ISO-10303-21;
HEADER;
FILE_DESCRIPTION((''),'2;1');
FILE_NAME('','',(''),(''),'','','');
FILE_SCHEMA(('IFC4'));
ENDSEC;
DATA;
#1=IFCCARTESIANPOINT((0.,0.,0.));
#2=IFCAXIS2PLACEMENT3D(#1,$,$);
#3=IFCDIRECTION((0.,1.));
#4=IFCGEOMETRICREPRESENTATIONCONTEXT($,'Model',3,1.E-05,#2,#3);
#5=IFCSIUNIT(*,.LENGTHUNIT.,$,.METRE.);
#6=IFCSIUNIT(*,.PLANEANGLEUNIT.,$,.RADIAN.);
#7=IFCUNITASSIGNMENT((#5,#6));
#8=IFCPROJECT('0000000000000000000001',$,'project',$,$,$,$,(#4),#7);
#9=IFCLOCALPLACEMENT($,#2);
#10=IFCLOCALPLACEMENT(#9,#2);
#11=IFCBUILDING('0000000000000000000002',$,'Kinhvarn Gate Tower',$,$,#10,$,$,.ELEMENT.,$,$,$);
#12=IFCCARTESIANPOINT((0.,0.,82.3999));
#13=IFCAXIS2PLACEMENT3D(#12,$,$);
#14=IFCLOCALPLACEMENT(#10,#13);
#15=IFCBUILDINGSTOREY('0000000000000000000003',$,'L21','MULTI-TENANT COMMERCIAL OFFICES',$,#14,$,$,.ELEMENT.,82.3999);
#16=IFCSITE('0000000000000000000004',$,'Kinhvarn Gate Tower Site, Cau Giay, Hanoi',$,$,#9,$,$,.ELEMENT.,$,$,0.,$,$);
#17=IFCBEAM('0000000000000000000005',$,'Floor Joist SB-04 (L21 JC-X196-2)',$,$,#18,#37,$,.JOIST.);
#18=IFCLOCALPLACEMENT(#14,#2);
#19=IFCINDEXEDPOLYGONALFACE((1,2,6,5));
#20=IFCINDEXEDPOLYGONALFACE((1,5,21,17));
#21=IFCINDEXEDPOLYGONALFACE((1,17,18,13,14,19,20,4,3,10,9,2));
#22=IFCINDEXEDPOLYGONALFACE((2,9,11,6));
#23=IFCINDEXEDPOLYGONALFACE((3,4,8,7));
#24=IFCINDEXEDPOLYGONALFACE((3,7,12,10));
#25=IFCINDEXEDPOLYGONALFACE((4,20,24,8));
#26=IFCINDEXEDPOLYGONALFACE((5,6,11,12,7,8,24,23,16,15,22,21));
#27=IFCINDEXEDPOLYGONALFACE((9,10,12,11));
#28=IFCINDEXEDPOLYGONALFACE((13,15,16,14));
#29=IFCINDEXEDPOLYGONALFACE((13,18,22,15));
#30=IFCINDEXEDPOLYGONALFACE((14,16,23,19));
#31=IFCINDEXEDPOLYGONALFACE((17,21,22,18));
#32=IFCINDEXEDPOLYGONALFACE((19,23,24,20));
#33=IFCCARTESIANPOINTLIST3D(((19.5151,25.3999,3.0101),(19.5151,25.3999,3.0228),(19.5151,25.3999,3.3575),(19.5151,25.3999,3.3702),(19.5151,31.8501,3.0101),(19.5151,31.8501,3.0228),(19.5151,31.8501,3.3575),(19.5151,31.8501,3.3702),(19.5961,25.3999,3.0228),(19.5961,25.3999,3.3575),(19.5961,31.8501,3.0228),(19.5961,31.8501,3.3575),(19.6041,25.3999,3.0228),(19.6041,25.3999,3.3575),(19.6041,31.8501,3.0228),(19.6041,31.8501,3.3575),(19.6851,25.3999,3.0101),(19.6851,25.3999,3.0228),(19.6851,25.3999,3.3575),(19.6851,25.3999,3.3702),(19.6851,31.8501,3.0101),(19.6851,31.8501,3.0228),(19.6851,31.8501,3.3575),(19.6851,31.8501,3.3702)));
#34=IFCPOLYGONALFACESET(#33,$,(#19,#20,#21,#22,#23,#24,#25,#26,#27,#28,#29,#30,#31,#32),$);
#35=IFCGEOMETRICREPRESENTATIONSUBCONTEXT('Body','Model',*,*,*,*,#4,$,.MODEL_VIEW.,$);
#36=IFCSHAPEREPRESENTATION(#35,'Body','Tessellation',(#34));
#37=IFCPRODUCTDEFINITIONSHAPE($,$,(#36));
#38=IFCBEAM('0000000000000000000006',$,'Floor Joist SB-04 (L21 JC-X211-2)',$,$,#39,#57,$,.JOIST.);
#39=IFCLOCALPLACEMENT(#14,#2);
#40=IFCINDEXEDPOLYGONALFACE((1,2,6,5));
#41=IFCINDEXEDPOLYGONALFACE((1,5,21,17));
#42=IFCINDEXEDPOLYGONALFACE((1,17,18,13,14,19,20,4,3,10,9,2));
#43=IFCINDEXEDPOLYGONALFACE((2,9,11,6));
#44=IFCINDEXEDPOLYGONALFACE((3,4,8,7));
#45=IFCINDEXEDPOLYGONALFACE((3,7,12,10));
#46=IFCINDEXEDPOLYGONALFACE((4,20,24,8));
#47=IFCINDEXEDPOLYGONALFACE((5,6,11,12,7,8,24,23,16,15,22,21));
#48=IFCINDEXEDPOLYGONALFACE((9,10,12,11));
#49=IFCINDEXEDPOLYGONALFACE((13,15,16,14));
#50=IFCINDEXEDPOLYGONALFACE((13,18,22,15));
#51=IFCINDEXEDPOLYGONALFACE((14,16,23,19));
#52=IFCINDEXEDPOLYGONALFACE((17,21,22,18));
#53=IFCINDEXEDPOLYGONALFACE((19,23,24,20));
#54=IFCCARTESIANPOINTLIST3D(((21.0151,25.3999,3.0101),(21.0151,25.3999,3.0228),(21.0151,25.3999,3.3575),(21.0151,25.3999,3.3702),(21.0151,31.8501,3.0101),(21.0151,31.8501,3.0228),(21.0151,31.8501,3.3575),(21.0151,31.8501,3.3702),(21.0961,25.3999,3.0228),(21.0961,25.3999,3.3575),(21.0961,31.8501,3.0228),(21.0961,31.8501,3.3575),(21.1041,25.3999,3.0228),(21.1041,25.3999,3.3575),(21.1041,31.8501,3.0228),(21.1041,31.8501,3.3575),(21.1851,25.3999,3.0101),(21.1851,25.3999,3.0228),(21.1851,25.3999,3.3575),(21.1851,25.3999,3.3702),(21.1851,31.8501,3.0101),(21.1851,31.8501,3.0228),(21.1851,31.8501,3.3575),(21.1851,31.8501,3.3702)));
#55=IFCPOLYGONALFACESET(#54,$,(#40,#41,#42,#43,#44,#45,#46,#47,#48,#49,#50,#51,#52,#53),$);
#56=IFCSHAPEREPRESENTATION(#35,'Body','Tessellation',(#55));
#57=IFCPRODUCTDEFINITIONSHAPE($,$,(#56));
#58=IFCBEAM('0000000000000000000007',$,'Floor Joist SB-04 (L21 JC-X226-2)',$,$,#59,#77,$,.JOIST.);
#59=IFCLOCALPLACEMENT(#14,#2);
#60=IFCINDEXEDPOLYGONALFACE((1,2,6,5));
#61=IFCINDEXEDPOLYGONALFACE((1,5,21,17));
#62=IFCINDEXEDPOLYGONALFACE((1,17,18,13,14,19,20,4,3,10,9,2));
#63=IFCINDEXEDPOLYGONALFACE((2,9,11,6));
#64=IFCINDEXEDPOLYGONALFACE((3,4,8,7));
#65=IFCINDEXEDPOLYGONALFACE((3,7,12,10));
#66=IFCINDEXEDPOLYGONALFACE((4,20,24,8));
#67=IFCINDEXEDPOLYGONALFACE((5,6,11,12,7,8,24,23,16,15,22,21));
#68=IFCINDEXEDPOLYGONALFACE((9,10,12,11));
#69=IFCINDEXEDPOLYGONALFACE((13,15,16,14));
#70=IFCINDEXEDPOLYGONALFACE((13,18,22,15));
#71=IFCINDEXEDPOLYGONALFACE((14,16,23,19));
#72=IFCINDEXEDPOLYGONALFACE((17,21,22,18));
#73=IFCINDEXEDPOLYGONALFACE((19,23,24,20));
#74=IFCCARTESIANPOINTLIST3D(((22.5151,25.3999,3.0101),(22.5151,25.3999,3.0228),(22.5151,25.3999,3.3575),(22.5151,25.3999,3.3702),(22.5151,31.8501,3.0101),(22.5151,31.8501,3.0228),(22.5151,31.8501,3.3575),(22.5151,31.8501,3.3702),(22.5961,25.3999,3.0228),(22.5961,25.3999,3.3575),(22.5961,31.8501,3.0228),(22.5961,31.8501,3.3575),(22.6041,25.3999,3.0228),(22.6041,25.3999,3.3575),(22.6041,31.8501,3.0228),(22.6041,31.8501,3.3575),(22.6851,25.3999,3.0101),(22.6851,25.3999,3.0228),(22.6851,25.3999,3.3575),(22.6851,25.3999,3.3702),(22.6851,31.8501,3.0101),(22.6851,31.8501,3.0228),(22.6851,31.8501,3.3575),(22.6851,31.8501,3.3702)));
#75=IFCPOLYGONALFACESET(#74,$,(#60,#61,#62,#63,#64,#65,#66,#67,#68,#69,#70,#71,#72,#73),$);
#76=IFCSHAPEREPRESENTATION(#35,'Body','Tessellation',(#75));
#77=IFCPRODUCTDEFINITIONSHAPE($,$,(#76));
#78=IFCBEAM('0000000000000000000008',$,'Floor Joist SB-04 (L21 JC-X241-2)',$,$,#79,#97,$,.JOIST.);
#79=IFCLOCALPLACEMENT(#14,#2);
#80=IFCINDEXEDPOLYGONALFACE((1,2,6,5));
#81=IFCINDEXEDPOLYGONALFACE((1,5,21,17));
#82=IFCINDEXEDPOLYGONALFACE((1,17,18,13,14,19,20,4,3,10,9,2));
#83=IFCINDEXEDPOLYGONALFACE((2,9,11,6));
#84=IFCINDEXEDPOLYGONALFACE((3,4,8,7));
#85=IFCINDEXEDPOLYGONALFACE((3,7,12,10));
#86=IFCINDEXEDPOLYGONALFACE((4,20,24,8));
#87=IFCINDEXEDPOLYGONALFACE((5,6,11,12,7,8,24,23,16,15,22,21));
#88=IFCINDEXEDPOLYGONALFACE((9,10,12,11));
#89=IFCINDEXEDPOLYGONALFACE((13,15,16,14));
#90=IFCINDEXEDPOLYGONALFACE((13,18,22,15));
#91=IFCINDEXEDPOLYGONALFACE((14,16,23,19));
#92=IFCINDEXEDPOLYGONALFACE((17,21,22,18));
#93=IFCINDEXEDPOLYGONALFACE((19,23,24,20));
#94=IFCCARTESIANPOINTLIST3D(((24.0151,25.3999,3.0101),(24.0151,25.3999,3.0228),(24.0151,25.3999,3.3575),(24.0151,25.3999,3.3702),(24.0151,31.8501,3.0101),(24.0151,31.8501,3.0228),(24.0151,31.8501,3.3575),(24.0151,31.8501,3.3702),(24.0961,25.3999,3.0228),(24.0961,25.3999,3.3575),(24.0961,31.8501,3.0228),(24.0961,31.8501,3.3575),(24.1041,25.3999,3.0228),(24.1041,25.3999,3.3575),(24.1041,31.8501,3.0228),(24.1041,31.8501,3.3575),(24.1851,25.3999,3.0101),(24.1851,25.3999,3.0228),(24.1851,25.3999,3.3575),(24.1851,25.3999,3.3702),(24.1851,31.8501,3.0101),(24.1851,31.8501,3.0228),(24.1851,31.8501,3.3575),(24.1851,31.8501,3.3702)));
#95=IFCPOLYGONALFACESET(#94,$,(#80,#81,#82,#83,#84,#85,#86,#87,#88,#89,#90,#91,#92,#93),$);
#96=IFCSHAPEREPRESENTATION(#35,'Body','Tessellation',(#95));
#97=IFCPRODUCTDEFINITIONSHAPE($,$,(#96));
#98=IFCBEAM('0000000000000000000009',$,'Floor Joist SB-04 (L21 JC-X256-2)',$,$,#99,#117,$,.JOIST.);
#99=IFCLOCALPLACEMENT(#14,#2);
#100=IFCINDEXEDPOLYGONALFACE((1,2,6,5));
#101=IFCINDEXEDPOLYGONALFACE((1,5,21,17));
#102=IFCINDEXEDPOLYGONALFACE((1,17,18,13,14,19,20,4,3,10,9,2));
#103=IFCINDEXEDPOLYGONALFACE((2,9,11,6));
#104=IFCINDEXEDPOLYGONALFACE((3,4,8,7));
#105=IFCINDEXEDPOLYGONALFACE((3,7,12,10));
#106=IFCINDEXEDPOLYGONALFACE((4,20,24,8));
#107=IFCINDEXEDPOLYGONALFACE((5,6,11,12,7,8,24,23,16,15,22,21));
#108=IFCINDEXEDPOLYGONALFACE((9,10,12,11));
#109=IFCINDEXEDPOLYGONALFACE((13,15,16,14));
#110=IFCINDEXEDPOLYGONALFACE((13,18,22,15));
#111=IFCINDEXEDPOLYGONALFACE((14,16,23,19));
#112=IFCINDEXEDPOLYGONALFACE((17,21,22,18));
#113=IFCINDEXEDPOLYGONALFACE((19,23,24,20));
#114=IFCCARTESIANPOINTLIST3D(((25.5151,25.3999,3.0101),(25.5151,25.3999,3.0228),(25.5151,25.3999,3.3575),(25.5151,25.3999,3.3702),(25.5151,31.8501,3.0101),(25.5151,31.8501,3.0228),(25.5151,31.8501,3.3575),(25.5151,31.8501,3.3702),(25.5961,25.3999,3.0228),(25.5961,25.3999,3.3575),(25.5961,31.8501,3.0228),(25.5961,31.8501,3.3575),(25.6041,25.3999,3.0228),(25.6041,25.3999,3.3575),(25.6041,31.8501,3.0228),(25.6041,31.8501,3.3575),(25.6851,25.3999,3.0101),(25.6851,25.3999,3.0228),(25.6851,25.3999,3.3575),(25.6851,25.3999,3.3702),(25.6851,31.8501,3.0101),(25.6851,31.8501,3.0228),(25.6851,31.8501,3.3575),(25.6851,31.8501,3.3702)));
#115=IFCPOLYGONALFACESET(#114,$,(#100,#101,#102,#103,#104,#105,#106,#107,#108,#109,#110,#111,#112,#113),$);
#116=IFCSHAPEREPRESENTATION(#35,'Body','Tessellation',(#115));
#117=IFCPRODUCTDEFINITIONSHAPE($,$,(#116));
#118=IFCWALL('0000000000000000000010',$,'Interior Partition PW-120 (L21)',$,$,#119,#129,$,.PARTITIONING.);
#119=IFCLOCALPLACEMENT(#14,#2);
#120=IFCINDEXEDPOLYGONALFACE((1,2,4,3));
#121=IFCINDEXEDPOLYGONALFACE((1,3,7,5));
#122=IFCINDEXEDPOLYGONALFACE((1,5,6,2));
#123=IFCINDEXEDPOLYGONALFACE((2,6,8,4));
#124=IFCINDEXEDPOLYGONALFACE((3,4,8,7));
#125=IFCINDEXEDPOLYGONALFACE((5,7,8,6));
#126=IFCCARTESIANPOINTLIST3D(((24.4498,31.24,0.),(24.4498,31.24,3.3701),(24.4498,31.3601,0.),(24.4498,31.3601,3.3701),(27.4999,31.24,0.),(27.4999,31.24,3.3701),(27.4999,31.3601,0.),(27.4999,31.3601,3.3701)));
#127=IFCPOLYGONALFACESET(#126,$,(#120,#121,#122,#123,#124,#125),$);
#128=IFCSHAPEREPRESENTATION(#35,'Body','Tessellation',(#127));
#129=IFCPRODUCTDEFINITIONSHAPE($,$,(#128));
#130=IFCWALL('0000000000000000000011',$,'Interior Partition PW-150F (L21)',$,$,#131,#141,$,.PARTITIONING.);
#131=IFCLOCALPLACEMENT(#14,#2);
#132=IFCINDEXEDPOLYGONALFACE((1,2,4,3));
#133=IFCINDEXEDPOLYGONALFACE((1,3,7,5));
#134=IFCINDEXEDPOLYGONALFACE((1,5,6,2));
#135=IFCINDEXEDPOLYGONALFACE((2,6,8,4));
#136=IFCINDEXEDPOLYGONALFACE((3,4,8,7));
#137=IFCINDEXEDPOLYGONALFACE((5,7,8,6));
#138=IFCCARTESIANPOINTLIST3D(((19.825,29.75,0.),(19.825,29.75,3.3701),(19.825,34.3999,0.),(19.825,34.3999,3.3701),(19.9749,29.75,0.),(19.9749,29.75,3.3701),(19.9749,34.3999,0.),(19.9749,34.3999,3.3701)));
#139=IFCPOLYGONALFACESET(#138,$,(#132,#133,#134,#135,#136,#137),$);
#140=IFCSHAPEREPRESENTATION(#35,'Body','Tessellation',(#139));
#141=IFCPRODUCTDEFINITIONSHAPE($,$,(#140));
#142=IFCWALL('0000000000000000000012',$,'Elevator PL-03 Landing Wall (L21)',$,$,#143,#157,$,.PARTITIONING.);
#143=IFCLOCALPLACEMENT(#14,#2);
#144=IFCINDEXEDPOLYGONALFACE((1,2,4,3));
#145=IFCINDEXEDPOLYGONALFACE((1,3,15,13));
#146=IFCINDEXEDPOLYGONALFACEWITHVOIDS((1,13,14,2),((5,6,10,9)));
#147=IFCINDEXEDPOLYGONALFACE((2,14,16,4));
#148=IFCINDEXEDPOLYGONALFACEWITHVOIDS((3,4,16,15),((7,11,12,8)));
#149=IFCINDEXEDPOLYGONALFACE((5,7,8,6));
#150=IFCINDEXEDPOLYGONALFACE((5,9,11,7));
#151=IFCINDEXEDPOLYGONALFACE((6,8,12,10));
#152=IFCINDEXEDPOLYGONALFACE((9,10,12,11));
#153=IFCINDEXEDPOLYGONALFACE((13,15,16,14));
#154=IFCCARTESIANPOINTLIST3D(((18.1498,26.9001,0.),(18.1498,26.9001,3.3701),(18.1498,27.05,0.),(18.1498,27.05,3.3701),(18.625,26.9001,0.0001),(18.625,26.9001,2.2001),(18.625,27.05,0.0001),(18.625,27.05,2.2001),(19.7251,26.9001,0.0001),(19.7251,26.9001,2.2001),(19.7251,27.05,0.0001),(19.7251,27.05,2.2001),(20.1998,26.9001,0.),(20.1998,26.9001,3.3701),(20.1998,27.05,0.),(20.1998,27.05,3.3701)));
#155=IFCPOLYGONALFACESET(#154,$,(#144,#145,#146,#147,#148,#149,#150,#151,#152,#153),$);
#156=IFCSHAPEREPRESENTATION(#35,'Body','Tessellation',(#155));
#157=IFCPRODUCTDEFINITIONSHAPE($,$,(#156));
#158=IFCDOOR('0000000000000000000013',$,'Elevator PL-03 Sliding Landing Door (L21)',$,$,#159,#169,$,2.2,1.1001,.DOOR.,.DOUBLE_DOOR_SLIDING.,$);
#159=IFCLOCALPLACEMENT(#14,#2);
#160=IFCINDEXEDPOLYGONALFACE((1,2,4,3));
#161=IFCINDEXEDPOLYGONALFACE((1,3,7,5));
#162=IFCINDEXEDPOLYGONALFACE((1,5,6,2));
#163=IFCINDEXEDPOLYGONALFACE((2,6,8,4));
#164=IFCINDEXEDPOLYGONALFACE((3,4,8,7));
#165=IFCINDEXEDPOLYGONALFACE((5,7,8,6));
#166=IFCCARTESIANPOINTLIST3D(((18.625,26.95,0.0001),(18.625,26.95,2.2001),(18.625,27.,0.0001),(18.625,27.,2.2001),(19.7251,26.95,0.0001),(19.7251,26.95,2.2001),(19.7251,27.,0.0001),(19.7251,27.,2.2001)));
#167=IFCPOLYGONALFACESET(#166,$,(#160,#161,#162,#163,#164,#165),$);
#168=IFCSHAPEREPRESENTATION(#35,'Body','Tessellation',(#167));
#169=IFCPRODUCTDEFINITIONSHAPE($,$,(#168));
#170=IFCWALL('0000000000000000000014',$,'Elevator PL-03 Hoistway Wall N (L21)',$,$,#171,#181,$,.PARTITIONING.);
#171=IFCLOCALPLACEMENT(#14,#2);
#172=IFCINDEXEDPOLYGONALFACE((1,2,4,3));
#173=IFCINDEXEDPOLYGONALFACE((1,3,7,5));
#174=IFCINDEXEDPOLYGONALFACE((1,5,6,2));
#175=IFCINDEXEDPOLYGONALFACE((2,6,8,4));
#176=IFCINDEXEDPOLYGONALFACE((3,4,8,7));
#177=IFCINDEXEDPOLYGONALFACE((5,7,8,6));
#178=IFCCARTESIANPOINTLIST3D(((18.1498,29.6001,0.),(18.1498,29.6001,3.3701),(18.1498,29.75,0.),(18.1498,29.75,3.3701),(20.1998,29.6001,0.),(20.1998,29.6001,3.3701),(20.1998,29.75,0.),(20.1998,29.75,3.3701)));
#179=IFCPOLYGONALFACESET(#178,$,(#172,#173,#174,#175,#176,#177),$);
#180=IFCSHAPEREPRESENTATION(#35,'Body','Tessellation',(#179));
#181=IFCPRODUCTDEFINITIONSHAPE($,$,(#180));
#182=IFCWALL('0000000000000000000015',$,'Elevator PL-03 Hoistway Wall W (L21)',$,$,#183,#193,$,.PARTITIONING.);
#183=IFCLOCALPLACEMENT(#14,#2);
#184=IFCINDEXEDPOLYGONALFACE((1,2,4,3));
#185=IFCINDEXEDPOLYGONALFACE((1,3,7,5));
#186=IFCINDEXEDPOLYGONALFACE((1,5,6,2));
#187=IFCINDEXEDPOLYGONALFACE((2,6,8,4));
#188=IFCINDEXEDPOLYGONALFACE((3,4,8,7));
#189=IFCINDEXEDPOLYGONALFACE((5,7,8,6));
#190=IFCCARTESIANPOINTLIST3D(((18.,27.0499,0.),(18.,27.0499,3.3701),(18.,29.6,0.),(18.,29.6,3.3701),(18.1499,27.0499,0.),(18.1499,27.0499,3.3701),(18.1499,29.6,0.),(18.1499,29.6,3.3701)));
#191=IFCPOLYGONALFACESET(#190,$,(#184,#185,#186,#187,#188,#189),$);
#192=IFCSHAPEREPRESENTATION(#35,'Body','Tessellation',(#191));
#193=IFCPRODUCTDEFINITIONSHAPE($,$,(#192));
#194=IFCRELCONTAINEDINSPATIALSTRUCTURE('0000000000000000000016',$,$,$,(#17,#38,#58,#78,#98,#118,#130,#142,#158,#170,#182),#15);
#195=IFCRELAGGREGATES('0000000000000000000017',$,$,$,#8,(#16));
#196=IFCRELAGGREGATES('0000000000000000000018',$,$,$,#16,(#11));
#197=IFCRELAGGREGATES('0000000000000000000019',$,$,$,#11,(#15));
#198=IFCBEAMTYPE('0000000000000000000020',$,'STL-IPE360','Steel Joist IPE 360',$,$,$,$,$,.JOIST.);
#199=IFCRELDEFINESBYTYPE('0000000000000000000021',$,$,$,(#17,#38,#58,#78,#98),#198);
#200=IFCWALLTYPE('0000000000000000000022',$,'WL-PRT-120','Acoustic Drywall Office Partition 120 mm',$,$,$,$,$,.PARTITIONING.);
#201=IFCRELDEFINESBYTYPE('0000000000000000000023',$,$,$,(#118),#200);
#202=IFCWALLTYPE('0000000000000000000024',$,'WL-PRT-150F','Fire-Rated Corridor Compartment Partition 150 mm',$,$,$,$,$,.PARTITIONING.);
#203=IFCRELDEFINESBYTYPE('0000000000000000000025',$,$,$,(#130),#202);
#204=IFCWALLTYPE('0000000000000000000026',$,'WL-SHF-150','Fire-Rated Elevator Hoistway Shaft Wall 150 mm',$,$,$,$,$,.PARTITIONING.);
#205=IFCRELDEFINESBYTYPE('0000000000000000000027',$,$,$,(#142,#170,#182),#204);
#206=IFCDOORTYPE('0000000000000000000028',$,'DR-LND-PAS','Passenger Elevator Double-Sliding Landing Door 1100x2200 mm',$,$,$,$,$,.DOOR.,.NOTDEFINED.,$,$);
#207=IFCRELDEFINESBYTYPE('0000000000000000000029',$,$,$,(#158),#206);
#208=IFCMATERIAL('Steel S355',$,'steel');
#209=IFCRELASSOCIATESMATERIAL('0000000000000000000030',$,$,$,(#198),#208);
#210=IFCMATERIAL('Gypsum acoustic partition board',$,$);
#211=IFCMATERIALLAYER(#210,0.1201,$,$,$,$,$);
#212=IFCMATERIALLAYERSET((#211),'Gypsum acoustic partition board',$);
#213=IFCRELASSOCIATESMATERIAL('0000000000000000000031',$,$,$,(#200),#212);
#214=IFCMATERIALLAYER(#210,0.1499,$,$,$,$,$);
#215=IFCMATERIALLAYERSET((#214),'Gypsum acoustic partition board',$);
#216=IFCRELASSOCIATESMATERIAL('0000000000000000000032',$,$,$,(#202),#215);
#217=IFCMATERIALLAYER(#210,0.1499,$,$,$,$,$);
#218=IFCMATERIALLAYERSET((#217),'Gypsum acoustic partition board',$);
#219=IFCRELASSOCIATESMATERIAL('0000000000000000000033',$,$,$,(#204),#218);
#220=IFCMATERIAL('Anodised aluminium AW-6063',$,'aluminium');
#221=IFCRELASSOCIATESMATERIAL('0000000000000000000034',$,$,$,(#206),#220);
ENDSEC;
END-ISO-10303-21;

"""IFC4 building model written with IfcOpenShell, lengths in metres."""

from ifc_helpers import new_model, si_unit, direction, frame, frame_2d, origin, origin_2d, place, context, subcontext, project, spatial, rectangle, i_section, extrude, material, layer, layer_set, material_profile, profile_set, type_object, element, fill, save


model = new_model("IFC4")

# Units and contexts
model_context = context("Model", 3, precision=1e-05, world=origin(), true_north=direction((0.0, 1.0)))
body_context = subcontext(model_context, "Body", "Model", "MODEL_VIEW")
ifc_project = project(units=[si_unit("LENGTHUNIT", "METRE"), si_unit("PLANEANGLEUNIT", "RADIAN")], contexts=[model_context])

# Site, building, storey
site_placement = place(None, origin())
site = spatial("IfcSite", under=ifc_project, at=site_placement, Name="Kinhvarn Gate Tower Site, Cau Giay, Hanoi", CompositionType="ELEMENT", RefElevation=0.0)
building_placement = place(site_placement, origin())
building = spatial("IfcBuilding", under=site, at=building_placement, Name="Kinhvarn Gate Tower", CompositionType="ELEMENT")
storey_placement = place(building_placement, frame((0.0, 0.0, 82.3999)))
storey = spatial("IfcBuildingStorey", under=building, at=storey_placement, Name="L21", Description="MULTI-TENANT COMMERCIAL OFFICES", CompositionType="ELEMENT", Elevation=82.3999)

# Beams
ifc_material_1 = material(Name="Steel S355", Category="steel")
ifc_material_profile = material_profile(ifc_material_1, i_section(OverallWidth=0.1699, OverallDepth=0.3601, WebThickness=0.0081, FlangeThickness=0.0127, at=origin_2d()), Name="IPE 360")
ifc_profile_set = profile_set([ifc_material_profile], Name="Steel S355")
beam_type = type_object("IfcBeamType", Name="STL-IPE360", Description="Steel Joist IPE 360", PredefinedType="JOIST", material=ifc_profile_set)
for number, where, z_axis, x_axis, name in (
    (1, (19.6001, 25.3999, 3.1902), (0.0, 1.0, 0.0), (-1.0, 0.0, 0.0), "Floor Joist SB-04 (L21 JC-X196-2)"),
    (2, (21.1001, 25.3999, 3.1902), (0.0, 1.0, 0.0), (-1.0, 0.0, 0.0), "Floor Joist SB-04 (L21 JC-X211-2)"),
    (3, (22.6001, 25.3999, 3.1902), (0.0, 1.0, 0.0), (-1.0, 0.0, 0.0), "Floor Joist SB-04 (L21 JC-X226-2)"),
    (4, (24.1001, 25.3999, 3.1902), (0.0, 1.0, 0.0), (-1.0, 0.0, 0.0), "Floor Joist SB-04 (L21 JC-X241-2)"),
    (5, (25.6001, 25.3999, 3.1902), (0.0, 1.0, 0.0), (-1.0, 0.0, 0.0), "Floor Joist SB-04 (L21 JC-X256-2)"),
):
    element("IfcBeam", number, at=place(storey_placement, frame(where, z_axis=z_axis, x_axis=x_axis)), inside=storey, type_object=beam_type, Name=name, PredefinedType="JOIST", context=body_context, shape_type="SweptSolid", body=[
        extrude(i_section(OverallWidth=0.1699, OverallDepth=0.3601, WebThickness=0.0081, FlangeThickness=0.0127, at=origin_2d()), origin(), (0.0, 0.0, 1.0), 6.4502),
    ])

# Wall
ifc_material_2 = material(Name="Gypsum acoustic partition board")
ifc_layer_1 = layer(ifc_material_2, 0.1201)
ifc_layer_set_1 = layer_set([ifc_layer_1], Name="Gypsum acoustic partition board")
wall_type_1 = type_object("IfcWallType", Name="WL-PRT-120", Description="Acoustic Drywall Office Partition 120 mm", PredefinedType="PARTITIONING", material=ifc_layer_set_1)
wall_1_placement = place(storey_placement, frame((24.45, 31.3, 0.0), z_axis=(0.0, 0.0, 1.0), x_axis=(1.0, 0.0, 0.0)))
element("IfcWall", 6, at=wall_1_placement, inside=storey, type_object=wall_type_1, Name="Interior Partition PW-120 (L21)", PredefinedType="PARTITIONING", context=body_context, shape_type="SweptSolid", body=[
    extrude(rectangle(XDim=3.05, YDim=0.1201, at=frame_2d((1.5249, 0.0))), origin(), (0.0, 0.0, 1.0), 3.3701),
])

# Shared definitions
ifc_layer_2 = layer(ifc_material_2, 0.1499)
ifc_layer_set_2 = layer_set([ifc_layer_2], Name="Gypsum acoustic partition board")
wall_type_2 = type_object("IfcWallType", Name="WL-PRT-150F", Description="Fire-Rated Corridor Compartment Partition 150 mm", PredefinedType="PARTITIONING", material=ifc_layer_set_2)
ifc_material_3 = material(Name="Anodised aluminium AW-6063", Category="aluminium")

# Wall
wall_2_placement = place(storey_placement, frame((19.8999, 29.75, 0.0), z_axis=(0.0, 0.0, 1.0), x_axis=(0.0, 1.0, 0.0)))
element("IfcWall", 7, at=wall_2_placement, inside=storey, type_object=wall_type_2, Name="Interior Partition PW-150F (L21)", PredefinedType="PARTITIONING", context=body_context, shape_type="SweptSolid", body=[
    extrude(rectangle(XDim=4.6499, YDim=0.1499, at=frame_2d((2.325, 0.0))), origin(), (0.0, 0.0, 1.0), 3.3701),
])

# Wall, opening, door
ifc_layer_3 = layer(ifc_material_2, 0.1499)
ifc_layer_set_3 = layer_set([ifc_layer_3], Name="Gypsum acoustic partition board")
wall_type_3 = type_object("IfcWallType", Name="WL-SHF-150", Description="Fire-Rated Elevator Hoistway Shaft Wall 150 mm", PredefinedType="PARTITIONING", material=ifc_layer_set_3)
wall_3_placement = place(storey_placement, frame((18.1499, 26.9751, 0.0), z_axis=(0.0, 0.0, 1.0), x_axis=(1.0, 0.0, 0.0)))
wall_3 = element("IfcWall", 8, at=wall_3_placement, inside=storey, type_object=wall_type_3, Name="Elevator PL-03 Landing Wall (L21)", PredefinedType="PARTITIONING", context=body_context, shape_type="SweptSolid", body=[
    extrude(rectangle(XDim=2.05, YDim=0.1499, at=frame_2d((1.0249, 0.0))), origin(), (0.0, 0.0, 1.0), 3.3701),
])
opening_1_placement = place(wall_3_placement, frame((0.4751, 0.0, 0.0)))
opening_1 = element("IfcOpeningElement", 9, at=opening_1_placement, cuts=wall_3, PredefinedType="OPENING", context=body_context, shape_type="SweptSolid", body=[
    extrude(rectangle(XDim=1.1001, YDim=2.2, at=frame_2d((0.55, 1.1001))), frame((0.0, 0.085, 0.0), z_axis=(0.0, -1.0, 0.0), x_axis=(1.0, 0.0, 0.0)), (0.0, 0.0, 1.0), 0.1699),
])
door_type_1 = type_object("IfcDoorType", Name="DR-LND-PAS", Description="Passenger Elevator Double-Sliding Landing Door 1100x2200 mm", OperationType="NOTDEFINED", PredefinedType="DOOR", material=ifc_material_3)
door_1_placement = place(opening_1_placement, origin())
door_1 = element("IfcDoor", 10, at=door_1_placement, inside=storey, type_object=door_type_1, Name="Elevator PL-03 Sliding Landing Door (L21)", OperationType="DOUBLE_DOOR_SLIDING", OverallHeight=2.2, OverallWidth=1.1001, PredefinedType="DOOR", context=body_context, shape_type="SweptSolid", body=[
    extrude(rectangle(XDim=1.1001, YDim=2.2, at=frame_2d((0.55, 1.1001))), frame((0.0, 0.0249, 0.0), z_axis=(0.0, -1.0, 0.0), x_axis=(1.0, 0.0, 0.0)), (0.0, 0.0, 1.0), 0.05),
])
fill(opening_1, door_1)

# Walls
wall_4_placement = place(storey_placement, frame((18.1499, 29.675, 0.0), z_axis=(0.0, 0.0, 1.0), x_axis=(1.0, 0.0, 0.0)))
element("IfcWall", 11, at=wall_4_placement, inside=storey, type_object=wall_type_3, Name="Elevator PL-03 Hoistway Wall N (L21)", PredefinedType="PARTITIONING", context=body_context, shape_type="SweptSolid", body=[
    extrude(rectangle(XDim=2.05, YDim=0.1499, at=frame_2d((1.0249, 0.0))), origin(), (0.0, 0.0, 1.0), 3.3701),
])
for number, where, z_axis, x_axis, name in (
    (12, (18.075, 27.05, 0.0), (0.0, 0.0, 1.0), (0.0, 1.0, 0.0), "Elevator PL-03 Hoistway Wall W (L21)"),
):
    element("IfcWall", number, at=place(storey_placement, frame(where, z_axis=z_axis, x_axis=x_axis)), inside=storey, type_object=wall_type_3, Name=name, PredefinedType="PARTITIONING", context=body_context, shape_type="SweptSolid", body=[
        extrude(rectangle(XDim=2.55, YDim=0.1499, at=frame_2d((1.2749, 0.0))), origin(), (0.0, 0.0, 1.0), 3.3701),
    ])

save(model, "model.ifc")
